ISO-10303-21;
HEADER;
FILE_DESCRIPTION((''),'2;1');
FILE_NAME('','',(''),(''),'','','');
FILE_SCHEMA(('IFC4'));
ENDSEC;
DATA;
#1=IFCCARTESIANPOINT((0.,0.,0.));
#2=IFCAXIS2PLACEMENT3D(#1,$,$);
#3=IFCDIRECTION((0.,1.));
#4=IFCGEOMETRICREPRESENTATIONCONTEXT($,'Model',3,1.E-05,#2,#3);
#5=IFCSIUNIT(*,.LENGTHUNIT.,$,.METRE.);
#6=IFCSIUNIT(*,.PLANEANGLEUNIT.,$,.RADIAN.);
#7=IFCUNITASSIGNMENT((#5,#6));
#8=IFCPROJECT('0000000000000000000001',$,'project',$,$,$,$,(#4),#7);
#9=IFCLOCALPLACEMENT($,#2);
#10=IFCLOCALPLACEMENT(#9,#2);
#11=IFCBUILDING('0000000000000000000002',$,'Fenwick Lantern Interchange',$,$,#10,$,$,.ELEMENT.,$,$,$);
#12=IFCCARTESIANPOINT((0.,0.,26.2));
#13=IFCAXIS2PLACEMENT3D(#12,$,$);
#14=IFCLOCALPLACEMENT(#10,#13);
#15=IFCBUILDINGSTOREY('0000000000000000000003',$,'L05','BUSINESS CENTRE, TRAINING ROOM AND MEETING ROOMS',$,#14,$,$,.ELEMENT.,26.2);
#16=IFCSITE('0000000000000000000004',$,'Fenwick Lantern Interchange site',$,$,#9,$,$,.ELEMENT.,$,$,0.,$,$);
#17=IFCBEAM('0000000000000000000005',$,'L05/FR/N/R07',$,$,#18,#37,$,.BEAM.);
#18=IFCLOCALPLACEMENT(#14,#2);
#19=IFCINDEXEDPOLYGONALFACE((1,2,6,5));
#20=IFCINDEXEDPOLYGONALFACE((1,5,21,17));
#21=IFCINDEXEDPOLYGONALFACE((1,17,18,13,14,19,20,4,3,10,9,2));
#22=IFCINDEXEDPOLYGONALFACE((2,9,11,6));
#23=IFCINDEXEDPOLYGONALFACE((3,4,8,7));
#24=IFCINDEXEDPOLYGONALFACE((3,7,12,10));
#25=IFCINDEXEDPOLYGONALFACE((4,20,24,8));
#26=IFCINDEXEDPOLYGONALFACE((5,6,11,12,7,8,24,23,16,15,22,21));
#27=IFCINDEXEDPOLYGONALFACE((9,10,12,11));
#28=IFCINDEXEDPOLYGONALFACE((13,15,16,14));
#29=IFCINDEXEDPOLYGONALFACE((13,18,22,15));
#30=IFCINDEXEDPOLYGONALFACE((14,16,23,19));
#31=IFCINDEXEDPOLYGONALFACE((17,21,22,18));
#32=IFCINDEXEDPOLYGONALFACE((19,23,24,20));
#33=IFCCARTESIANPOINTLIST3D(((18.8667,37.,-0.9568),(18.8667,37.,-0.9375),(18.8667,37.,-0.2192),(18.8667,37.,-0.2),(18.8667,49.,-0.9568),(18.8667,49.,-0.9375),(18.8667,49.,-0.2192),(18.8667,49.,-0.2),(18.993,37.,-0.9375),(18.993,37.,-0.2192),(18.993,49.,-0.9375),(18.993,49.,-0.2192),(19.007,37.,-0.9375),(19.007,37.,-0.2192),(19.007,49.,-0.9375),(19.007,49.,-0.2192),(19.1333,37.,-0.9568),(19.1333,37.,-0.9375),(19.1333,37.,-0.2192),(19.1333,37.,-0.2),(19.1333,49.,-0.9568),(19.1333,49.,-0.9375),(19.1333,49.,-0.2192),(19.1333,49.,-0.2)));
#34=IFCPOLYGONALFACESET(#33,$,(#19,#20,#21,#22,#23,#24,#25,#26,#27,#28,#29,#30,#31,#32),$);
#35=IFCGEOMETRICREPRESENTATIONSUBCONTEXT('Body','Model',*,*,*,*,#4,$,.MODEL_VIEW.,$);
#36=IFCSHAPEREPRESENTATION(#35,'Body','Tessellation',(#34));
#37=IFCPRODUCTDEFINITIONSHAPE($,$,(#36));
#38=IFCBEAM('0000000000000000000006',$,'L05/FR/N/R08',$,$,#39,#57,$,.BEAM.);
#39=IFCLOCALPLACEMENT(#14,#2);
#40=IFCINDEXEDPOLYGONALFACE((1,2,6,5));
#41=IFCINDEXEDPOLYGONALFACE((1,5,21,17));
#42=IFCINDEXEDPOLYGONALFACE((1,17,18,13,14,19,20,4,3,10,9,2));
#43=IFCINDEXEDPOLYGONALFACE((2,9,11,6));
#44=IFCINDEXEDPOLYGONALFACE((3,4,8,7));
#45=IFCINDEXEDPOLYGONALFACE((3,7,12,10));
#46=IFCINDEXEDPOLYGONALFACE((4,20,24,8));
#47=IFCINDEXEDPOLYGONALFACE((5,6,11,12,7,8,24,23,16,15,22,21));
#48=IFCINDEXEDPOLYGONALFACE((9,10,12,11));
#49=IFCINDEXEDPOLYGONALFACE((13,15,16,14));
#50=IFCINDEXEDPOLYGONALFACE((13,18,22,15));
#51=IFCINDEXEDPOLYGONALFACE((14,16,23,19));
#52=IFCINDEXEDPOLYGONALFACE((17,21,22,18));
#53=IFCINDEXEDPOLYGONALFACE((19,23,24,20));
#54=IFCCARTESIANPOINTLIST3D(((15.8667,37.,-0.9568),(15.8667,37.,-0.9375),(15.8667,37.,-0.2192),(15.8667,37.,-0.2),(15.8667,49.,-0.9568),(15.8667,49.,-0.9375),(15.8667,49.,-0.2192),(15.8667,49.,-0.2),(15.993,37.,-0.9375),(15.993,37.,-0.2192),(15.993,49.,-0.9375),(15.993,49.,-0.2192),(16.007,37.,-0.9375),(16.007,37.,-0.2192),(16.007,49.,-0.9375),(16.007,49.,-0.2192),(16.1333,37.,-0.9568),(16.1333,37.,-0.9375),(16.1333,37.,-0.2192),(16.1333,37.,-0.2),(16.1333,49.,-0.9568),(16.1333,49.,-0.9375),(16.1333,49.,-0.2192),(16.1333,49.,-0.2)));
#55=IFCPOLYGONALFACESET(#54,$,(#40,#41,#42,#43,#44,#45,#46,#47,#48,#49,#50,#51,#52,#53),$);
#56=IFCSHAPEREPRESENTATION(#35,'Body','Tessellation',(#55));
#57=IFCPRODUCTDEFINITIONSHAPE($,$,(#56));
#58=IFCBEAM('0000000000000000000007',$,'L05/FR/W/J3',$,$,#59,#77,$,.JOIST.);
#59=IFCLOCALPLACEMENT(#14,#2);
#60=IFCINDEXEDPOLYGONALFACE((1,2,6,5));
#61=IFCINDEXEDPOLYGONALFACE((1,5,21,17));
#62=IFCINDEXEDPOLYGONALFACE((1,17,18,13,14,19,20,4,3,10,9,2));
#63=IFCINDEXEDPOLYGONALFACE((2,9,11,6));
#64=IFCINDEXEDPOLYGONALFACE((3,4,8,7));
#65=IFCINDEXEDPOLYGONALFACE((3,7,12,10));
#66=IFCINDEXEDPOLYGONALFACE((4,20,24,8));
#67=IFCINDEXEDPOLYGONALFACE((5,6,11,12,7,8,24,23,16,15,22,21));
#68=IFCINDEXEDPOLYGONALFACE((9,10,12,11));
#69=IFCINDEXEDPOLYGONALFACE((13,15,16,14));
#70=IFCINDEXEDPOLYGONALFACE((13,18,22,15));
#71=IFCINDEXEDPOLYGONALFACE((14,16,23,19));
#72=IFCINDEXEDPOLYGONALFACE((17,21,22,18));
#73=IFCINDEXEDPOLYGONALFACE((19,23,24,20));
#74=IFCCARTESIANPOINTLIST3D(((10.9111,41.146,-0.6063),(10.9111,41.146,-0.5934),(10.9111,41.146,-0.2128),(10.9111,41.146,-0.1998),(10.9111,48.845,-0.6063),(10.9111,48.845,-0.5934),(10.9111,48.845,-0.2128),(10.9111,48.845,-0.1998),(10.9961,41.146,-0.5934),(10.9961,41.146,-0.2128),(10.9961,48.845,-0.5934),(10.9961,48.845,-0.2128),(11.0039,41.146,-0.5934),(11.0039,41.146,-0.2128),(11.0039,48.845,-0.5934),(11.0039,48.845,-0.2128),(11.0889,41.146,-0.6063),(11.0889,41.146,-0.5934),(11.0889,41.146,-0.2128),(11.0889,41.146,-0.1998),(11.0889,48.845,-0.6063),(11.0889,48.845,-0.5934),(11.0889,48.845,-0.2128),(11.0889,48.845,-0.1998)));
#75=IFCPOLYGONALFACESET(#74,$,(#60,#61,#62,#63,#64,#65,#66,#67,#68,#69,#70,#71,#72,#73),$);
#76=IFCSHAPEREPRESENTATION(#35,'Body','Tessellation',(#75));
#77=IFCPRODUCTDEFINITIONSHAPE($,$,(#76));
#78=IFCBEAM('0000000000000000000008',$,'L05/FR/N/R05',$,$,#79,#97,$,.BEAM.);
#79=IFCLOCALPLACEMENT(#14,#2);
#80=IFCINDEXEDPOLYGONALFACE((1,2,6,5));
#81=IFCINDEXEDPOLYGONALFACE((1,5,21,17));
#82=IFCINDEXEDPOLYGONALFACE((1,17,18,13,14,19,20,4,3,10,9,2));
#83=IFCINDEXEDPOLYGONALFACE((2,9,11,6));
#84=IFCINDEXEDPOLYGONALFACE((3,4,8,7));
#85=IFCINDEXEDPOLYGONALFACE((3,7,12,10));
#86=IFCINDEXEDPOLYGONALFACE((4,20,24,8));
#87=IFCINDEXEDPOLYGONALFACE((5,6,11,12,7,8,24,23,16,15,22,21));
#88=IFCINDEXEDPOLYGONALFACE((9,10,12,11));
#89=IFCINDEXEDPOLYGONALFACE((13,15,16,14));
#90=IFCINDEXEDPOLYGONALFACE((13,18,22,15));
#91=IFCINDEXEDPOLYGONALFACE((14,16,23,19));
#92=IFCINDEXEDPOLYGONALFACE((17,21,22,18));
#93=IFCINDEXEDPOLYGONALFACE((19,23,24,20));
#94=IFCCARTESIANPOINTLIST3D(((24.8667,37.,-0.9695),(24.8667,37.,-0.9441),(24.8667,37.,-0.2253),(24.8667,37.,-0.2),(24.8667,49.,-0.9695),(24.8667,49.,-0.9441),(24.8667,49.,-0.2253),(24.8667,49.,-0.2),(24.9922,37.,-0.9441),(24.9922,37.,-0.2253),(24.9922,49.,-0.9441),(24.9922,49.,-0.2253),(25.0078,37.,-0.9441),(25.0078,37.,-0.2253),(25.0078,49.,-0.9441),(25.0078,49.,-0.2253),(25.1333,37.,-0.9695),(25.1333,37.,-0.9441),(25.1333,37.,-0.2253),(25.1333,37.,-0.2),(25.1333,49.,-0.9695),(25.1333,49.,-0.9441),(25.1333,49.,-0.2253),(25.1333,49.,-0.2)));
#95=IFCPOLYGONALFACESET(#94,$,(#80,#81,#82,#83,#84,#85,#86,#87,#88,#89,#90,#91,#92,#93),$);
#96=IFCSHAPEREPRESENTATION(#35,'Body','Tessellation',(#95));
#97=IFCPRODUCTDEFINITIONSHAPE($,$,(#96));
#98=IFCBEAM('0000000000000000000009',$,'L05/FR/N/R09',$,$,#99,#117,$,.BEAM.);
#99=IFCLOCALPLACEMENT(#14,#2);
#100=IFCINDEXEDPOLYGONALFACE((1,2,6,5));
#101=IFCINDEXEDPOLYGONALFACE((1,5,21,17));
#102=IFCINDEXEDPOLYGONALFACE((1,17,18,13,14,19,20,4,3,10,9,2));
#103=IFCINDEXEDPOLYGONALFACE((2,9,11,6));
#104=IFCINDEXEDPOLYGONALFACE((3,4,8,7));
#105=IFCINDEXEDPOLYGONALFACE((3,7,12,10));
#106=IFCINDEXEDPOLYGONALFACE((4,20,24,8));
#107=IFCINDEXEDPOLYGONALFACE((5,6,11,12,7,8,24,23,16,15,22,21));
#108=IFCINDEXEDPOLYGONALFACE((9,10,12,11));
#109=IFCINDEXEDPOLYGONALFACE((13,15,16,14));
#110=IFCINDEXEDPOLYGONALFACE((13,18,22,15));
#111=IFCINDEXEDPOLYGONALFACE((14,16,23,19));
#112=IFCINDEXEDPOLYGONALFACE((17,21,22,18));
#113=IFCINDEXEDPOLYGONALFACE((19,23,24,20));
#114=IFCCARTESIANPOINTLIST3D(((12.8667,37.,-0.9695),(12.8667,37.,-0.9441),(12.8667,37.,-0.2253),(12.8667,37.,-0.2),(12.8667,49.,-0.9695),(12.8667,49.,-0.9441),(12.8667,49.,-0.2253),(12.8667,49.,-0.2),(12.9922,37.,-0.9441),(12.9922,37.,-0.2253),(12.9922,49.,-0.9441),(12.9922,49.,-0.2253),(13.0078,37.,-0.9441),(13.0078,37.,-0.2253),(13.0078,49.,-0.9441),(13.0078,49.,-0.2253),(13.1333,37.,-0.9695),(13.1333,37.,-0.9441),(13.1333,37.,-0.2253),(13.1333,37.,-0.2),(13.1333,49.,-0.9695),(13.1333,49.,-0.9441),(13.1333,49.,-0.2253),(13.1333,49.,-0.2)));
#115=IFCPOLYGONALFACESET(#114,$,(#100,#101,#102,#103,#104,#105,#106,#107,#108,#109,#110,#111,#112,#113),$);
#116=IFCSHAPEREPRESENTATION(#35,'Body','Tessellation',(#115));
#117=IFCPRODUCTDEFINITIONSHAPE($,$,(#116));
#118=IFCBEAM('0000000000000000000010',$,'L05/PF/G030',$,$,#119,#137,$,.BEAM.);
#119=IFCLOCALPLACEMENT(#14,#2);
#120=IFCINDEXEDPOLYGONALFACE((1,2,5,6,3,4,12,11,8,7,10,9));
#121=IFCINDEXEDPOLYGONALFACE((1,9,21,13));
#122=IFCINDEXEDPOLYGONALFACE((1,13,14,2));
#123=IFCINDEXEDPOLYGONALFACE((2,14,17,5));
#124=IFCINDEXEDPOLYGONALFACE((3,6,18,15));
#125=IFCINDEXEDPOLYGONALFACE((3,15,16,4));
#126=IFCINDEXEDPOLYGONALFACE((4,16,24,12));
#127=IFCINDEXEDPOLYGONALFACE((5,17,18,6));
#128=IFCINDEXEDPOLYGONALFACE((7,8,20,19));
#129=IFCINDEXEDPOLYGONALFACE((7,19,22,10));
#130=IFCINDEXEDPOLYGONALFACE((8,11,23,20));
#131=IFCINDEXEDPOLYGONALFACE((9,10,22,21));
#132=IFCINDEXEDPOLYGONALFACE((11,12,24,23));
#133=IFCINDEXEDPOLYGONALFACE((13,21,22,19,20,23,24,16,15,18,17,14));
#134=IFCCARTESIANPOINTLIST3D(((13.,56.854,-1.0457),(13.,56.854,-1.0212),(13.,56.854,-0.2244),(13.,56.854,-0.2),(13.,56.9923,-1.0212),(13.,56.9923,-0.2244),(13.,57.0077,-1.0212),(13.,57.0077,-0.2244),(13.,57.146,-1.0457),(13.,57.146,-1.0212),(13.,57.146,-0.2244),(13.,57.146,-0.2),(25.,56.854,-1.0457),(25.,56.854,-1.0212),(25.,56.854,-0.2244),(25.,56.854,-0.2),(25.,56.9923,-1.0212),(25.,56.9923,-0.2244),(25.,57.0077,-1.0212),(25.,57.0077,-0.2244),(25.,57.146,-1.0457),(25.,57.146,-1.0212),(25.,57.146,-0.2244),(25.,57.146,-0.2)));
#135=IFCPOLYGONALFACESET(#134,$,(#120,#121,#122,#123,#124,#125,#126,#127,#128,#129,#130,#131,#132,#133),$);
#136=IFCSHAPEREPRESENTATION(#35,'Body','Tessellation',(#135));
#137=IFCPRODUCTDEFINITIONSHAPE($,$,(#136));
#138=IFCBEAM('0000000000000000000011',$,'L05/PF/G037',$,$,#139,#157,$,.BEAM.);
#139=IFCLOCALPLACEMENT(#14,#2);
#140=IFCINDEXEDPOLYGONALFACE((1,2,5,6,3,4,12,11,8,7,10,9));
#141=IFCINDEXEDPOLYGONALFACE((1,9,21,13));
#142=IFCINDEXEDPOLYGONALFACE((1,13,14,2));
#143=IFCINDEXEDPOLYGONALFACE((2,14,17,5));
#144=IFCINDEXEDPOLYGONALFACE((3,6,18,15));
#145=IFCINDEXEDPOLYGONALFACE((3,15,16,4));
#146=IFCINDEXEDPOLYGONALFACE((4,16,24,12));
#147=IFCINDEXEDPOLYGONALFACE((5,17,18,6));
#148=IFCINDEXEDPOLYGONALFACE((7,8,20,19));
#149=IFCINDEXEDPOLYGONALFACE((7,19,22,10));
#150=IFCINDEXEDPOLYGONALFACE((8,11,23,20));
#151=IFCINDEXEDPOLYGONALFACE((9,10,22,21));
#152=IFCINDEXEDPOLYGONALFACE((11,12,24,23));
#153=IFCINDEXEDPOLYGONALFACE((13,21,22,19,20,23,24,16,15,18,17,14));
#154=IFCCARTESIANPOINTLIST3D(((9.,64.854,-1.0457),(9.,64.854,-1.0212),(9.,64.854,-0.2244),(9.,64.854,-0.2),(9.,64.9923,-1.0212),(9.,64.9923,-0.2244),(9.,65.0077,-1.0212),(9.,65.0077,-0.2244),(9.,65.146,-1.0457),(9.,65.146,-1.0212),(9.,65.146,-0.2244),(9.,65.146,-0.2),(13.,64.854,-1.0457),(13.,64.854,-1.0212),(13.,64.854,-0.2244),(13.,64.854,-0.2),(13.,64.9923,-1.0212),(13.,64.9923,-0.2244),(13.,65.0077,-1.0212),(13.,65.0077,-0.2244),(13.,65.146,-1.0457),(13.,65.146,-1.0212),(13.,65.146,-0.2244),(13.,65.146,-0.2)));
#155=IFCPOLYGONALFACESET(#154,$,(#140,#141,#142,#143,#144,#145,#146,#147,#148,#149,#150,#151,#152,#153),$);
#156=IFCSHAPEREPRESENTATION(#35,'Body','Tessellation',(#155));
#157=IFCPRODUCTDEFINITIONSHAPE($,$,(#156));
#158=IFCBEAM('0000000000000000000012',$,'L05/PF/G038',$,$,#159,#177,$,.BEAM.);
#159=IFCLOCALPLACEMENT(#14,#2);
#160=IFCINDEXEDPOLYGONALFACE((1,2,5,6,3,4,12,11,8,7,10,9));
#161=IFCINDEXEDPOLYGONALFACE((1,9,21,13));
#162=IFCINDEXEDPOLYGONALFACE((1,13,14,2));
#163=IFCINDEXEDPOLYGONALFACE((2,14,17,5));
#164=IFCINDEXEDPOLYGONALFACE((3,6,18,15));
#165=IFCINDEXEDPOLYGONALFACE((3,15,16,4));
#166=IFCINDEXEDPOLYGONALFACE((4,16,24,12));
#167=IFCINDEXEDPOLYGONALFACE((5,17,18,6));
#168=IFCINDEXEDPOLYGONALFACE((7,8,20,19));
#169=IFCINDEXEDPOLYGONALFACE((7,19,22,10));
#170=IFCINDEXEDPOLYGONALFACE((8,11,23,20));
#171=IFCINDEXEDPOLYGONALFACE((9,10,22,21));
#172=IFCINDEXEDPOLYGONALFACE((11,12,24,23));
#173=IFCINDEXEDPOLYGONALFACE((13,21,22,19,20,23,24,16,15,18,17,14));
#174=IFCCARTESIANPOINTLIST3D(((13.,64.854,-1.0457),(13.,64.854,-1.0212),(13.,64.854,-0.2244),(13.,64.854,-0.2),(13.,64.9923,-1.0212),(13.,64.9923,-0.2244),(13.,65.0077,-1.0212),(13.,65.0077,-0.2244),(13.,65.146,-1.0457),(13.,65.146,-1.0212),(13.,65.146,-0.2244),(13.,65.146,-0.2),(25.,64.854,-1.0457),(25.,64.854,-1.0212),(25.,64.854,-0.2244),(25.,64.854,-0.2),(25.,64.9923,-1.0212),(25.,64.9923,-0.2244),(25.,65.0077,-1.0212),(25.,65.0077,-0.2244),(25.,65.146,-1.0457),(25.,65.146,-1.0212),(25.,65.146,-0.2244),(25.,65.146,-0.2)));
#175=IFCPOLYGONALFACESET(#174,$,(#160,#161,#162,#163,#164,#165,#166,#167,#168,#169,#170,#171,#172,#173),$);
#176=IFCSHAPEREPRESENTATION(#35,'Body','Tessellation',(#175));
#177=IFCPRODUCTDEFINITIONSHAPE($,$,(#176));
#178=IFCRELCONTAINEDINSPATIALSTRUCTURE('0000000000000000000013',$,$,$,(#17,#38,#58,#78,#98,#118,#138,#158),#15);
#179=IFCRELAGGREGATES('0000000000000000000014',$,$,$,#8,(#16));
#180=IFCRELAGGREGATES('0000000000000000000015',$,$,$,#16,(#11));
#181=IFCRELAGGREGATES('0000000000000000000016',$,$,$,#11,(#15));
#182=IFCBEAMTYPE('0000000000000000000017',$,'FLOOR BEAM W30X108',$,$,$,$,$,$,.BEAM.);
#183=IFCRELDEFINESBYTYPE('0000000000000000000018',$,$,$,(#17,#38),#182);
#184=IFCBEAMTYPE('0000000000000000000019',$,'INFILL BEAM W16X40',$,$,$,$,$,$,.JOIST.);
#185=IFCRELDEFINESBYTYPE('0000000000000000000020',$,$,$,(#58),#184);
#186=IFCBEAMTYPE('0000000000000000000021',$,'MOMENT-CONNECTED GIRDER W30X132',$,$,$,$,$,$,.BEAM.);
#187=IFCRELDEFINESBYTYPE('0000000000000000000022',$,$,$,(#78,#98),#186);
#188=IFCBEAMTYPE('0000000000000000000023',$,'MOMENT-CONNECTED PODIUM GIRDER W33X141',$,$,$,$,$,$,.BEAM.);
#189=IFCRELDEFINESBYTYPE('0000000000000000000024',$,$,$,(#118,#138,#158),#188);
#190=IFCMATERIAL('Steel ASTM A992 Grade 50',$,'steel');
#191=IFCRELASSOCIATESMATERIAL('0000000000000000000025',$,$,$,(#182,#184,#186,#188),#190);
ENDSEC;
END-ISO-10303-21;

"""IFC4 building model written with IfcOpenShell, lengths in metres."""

from ifc_helpers import new_model, si_unit, direction, frame, origin, origin_2d, place, context, subcontext, project, spatial, i_section, extrude, material, material_profile, profile_set, type_object, element, save


model = new_model("IFC4")

# Units and contexts
model_context = context("Model", 3, precision=1e-05, world=origin(), true_north=direction((0.0, 1.0)))
body_context = subcontext(model_context, "Body", "Model", "MODEL_VIEW")
ifc_project = project(units=[si_unit("LENGTHUNIT", "METRE"), si_unit("PLANEANGLEUNIT", "RADIAN")], contexts=[model_context])

# Site, building, storey
site_placement = place(None, origin())
site = spatial("IfcSite", under=ifc_project, at=site_placement, Name="Fenwick Lantern Interchange site", CompositionType="ELEMENT", RefElevation=0.0)
building_placement = place(site_placement, origin())
building = spatial("IfcBuilding", under=site, at=building_placement, Name="Fenwick Lantern Interchange", CompositionType="ELEMENT")
storey_placement = place(building_placement, frame((0.0, 0.0, 26.2)))
storey = spatial("IfcBuildingStorey", under=building, at=storey_placement, Name="L05", Description="BUSINESS CENTRE, TRAINING ROOM AND MEETING ROOMS", CompositionType="ELEMENT", Elevation=26.2)

# Shared definitions
ifc_material_1 = material(Name="Steel ASTM A992 Grade 50", Category="steel")

# Beams
ifc_material_profile_1 = material_profile(ifc_material_1, i_section(OverallWidth=0.2666, OverallDepth=0.7568, WebThickness=0.0139, FlangeThickness=0.0193, at=origin_2d()), Name="W30X108")
ifc_profile_set_1 = profile_set([ifc_material_profile_1], Name="Steel ASTM A992 Grade 50")
beam_type_1 = type_object("IfcBeamType", Name="FLOOR BEAM W30X108", PredefinedType="BEAM", material=ifc_profile_set_1)
for number, where, z_axis, x_axis, name in (
    (1, (19.0, 49.0, -0.5784), (0.0, -1.0, 0.0), (1.0, 0.0, 0.0), "L05/FR/N/R07"),
    (2, (16.0, 49.0, -0.5784), (0.0, -1.0, 0.0), (1.0, 0.0, 0.0), "L05/FR/N/R08"),
):
    element("IfcBeam", number, at=place(storey_placement, frame(where, z_axis=z_axis, x_axis=x_axis)), inside=storey, type_object=beam_type_1, Name=name, PredefinedType="BEAM", context=body_context, shape_type="SweptSolid", body=[
        extrude(i_section(OverallWidth=0.2666, OverallDepth=0.7568, WebThickness=0.0139, FlangeThickness=0.0193, at=origin_2d()), origin(), (0.0, 0.0, 1.0), 12.0),
    ])
ifc_material_profile_2 = material_profile(ifc_material_1, i_section(OverallWidth=0.1777, OverallDepth=0.4065, WebThickness=0.0078, FlangeThickness=0.0129, at=origin_2d()), Name="W16X40")
ifc_profile_set_2 = profile_set([ifc_material_profile_2], Name="Steel ASTM A992 Grade 50")
beam_type_2 = type_object("IfcBeamType", Name="INFILL BEAM W16X40", PredefinedType="JOIST", material=ifc_profile_set_2)
beam_1_placement = place(storey_placement, frame((11.0, 48.845, -0.4031), z_axis=(0.0, -1.0, 0.0), x_axis=(1.0, 0.0, 0.0)))
element("IfcBeam", 3, at=beam_1_placement, inside=storey, type_object=beam_type_2, Name="L05/FR/W/J3", PredefinedType="JOIST", context=body_context, shape_type="SweptSolid", body=[
    extrude(i_section(OverallWidth=0.1777, OverallDepth=0.4065, WebThickness=0.0078, FlangeThickness=0.0129, at=origin_2d()), origin(), (0.0, 0.0, 1.0), 7.699),
])
ifc_material_profile_3 = material_profile(ifc_material_1, i_section(OverallWidth=0.2666, OverallDepth=0.7695, WebThickness=0.0156, FlangeThickness=0.0254, at=origin_2d()), Name="W30X132")
ifc_profile_set_3 = profile_set([ifc_material_profile_3], Name="Steel ASTM A992 Grade 50")
beam_type_3 = type_object("IfcBeamType", Name="MOMENT-CONNECTED GIRDER W30X132", PredefinedType="BEAM", material=ifc_profile_set_3)
for number, where, z_axis, x_axis, name in (
    (4, (25.0, 49.0, -0.5847), (0.0, -1.0, 0.0), (1.0, 0.0, 0.0), "L05/FR/N/R05"),
    (5, (13.0, 49.0, -0.5847), (0.0, -1.0, 0.0), (1.0, 0.0, 0.0), "L05/FR/N/R09"),
):
    element("IfcBeam", number, at=place(storey_placement, frame(where, z_axis=z_axis, x_axis=x_axis)), inside=storey, type_object=beam_type_3, Name=name, PredefinedType="BEAM", context=body_context, shape_type="SweptSolid", body=[
        extrude(i_section(OverallWidth=0.2666, OverallDepth=0.7695, WebThickness=0.0156, FlangeThickness=0.0254, at=origin_2d()), origin(), (0.0, 0.0, 1.0), 12.0),
    ])
ifc_material_profile_4 = material_profile(ifc_material_1, i_section(OverallWidth=0.292, OverallDepth=0.8457, WebThickness=0.0154, FlangeThickness=0.0244, at=origin_2d()), Name="W33X141")
ifc_profile_set_4 = profile_set([ifc_material_profile_4], Name="Steel ASTM A992 Grade 50")
beam_type_4 = type_object("IfcBeamType", Name="MOMENT-CONNECTED PODIUM GIRDER W33X141", PredefinedType="BEAM", material=ifc_profile_set_4)
beam_2_placement = place(storey_placement, frame((13.0, 57.0, -0.6228), z_axis=(1.0, 0.0, 0.0), x_axis=(0.0, 1.0, 0.0)))
element("IfcBeam", 6, at=beam_2_placement, inside=storey, type_object=beam_type_4, Name="L05/PF/G030", PredefinedType="BEAM", context=body_context, shape_type="SweptSolid", body=[
    extrude(i_section(OverallWidth=0.292, OverallDepth=0.8457, WebThickness=0.0154, FlangeThickness=0.0244, at=origin_2d()), origin(), (0.0, 0.0, 1.0), 12.0),
])
beam_3_placement = place(storey_placement, frame((9.0, 65.0, -0.6228), z_axis=(1.0, 0.0, 0.0), x_axis=(0.0, 1.0, 0.0)))
element("IfcBeam", 7, at=beam_3_placement, inside=storey, type_object=beam_type_4, Name="L05/PF/G037", PredefinedType="BEAM", context=body_context, shape_type="SweptSolid", body=[
    extrude(i_section(OverallWidth=0.292, OverallDepth=0.8457, WebThickness=0.0154, FlangeThickness=0.0244, at=origin_2d()), origin(), (0.0, 0.0, 1.0), 4.0),
])
beam_4_placement = place(storey_placement, frame((13.0, 65.0, -0.6228), z_axis=(1.0, 0.0, 0.0), x_axis=(0.0, 1.0, 0.0)))
element("IfcBeam", 8, at=beam_4_placement, inside=storey, type_object=beam_type_4, Name="L05/PF/G038", PredefinedType="BEAM", context=body_context, shape_type="SweptSolid", body=[
    extrude(i_section(OverallWidth=0.292, OverallDepth=0.8457, WebThickness=0.0154, FlangeThickness=0.0244, at=origin_2d()), origin(), (0.0, 0.0, 1.0), 12.0),
])

save(model, "model.ifc")
